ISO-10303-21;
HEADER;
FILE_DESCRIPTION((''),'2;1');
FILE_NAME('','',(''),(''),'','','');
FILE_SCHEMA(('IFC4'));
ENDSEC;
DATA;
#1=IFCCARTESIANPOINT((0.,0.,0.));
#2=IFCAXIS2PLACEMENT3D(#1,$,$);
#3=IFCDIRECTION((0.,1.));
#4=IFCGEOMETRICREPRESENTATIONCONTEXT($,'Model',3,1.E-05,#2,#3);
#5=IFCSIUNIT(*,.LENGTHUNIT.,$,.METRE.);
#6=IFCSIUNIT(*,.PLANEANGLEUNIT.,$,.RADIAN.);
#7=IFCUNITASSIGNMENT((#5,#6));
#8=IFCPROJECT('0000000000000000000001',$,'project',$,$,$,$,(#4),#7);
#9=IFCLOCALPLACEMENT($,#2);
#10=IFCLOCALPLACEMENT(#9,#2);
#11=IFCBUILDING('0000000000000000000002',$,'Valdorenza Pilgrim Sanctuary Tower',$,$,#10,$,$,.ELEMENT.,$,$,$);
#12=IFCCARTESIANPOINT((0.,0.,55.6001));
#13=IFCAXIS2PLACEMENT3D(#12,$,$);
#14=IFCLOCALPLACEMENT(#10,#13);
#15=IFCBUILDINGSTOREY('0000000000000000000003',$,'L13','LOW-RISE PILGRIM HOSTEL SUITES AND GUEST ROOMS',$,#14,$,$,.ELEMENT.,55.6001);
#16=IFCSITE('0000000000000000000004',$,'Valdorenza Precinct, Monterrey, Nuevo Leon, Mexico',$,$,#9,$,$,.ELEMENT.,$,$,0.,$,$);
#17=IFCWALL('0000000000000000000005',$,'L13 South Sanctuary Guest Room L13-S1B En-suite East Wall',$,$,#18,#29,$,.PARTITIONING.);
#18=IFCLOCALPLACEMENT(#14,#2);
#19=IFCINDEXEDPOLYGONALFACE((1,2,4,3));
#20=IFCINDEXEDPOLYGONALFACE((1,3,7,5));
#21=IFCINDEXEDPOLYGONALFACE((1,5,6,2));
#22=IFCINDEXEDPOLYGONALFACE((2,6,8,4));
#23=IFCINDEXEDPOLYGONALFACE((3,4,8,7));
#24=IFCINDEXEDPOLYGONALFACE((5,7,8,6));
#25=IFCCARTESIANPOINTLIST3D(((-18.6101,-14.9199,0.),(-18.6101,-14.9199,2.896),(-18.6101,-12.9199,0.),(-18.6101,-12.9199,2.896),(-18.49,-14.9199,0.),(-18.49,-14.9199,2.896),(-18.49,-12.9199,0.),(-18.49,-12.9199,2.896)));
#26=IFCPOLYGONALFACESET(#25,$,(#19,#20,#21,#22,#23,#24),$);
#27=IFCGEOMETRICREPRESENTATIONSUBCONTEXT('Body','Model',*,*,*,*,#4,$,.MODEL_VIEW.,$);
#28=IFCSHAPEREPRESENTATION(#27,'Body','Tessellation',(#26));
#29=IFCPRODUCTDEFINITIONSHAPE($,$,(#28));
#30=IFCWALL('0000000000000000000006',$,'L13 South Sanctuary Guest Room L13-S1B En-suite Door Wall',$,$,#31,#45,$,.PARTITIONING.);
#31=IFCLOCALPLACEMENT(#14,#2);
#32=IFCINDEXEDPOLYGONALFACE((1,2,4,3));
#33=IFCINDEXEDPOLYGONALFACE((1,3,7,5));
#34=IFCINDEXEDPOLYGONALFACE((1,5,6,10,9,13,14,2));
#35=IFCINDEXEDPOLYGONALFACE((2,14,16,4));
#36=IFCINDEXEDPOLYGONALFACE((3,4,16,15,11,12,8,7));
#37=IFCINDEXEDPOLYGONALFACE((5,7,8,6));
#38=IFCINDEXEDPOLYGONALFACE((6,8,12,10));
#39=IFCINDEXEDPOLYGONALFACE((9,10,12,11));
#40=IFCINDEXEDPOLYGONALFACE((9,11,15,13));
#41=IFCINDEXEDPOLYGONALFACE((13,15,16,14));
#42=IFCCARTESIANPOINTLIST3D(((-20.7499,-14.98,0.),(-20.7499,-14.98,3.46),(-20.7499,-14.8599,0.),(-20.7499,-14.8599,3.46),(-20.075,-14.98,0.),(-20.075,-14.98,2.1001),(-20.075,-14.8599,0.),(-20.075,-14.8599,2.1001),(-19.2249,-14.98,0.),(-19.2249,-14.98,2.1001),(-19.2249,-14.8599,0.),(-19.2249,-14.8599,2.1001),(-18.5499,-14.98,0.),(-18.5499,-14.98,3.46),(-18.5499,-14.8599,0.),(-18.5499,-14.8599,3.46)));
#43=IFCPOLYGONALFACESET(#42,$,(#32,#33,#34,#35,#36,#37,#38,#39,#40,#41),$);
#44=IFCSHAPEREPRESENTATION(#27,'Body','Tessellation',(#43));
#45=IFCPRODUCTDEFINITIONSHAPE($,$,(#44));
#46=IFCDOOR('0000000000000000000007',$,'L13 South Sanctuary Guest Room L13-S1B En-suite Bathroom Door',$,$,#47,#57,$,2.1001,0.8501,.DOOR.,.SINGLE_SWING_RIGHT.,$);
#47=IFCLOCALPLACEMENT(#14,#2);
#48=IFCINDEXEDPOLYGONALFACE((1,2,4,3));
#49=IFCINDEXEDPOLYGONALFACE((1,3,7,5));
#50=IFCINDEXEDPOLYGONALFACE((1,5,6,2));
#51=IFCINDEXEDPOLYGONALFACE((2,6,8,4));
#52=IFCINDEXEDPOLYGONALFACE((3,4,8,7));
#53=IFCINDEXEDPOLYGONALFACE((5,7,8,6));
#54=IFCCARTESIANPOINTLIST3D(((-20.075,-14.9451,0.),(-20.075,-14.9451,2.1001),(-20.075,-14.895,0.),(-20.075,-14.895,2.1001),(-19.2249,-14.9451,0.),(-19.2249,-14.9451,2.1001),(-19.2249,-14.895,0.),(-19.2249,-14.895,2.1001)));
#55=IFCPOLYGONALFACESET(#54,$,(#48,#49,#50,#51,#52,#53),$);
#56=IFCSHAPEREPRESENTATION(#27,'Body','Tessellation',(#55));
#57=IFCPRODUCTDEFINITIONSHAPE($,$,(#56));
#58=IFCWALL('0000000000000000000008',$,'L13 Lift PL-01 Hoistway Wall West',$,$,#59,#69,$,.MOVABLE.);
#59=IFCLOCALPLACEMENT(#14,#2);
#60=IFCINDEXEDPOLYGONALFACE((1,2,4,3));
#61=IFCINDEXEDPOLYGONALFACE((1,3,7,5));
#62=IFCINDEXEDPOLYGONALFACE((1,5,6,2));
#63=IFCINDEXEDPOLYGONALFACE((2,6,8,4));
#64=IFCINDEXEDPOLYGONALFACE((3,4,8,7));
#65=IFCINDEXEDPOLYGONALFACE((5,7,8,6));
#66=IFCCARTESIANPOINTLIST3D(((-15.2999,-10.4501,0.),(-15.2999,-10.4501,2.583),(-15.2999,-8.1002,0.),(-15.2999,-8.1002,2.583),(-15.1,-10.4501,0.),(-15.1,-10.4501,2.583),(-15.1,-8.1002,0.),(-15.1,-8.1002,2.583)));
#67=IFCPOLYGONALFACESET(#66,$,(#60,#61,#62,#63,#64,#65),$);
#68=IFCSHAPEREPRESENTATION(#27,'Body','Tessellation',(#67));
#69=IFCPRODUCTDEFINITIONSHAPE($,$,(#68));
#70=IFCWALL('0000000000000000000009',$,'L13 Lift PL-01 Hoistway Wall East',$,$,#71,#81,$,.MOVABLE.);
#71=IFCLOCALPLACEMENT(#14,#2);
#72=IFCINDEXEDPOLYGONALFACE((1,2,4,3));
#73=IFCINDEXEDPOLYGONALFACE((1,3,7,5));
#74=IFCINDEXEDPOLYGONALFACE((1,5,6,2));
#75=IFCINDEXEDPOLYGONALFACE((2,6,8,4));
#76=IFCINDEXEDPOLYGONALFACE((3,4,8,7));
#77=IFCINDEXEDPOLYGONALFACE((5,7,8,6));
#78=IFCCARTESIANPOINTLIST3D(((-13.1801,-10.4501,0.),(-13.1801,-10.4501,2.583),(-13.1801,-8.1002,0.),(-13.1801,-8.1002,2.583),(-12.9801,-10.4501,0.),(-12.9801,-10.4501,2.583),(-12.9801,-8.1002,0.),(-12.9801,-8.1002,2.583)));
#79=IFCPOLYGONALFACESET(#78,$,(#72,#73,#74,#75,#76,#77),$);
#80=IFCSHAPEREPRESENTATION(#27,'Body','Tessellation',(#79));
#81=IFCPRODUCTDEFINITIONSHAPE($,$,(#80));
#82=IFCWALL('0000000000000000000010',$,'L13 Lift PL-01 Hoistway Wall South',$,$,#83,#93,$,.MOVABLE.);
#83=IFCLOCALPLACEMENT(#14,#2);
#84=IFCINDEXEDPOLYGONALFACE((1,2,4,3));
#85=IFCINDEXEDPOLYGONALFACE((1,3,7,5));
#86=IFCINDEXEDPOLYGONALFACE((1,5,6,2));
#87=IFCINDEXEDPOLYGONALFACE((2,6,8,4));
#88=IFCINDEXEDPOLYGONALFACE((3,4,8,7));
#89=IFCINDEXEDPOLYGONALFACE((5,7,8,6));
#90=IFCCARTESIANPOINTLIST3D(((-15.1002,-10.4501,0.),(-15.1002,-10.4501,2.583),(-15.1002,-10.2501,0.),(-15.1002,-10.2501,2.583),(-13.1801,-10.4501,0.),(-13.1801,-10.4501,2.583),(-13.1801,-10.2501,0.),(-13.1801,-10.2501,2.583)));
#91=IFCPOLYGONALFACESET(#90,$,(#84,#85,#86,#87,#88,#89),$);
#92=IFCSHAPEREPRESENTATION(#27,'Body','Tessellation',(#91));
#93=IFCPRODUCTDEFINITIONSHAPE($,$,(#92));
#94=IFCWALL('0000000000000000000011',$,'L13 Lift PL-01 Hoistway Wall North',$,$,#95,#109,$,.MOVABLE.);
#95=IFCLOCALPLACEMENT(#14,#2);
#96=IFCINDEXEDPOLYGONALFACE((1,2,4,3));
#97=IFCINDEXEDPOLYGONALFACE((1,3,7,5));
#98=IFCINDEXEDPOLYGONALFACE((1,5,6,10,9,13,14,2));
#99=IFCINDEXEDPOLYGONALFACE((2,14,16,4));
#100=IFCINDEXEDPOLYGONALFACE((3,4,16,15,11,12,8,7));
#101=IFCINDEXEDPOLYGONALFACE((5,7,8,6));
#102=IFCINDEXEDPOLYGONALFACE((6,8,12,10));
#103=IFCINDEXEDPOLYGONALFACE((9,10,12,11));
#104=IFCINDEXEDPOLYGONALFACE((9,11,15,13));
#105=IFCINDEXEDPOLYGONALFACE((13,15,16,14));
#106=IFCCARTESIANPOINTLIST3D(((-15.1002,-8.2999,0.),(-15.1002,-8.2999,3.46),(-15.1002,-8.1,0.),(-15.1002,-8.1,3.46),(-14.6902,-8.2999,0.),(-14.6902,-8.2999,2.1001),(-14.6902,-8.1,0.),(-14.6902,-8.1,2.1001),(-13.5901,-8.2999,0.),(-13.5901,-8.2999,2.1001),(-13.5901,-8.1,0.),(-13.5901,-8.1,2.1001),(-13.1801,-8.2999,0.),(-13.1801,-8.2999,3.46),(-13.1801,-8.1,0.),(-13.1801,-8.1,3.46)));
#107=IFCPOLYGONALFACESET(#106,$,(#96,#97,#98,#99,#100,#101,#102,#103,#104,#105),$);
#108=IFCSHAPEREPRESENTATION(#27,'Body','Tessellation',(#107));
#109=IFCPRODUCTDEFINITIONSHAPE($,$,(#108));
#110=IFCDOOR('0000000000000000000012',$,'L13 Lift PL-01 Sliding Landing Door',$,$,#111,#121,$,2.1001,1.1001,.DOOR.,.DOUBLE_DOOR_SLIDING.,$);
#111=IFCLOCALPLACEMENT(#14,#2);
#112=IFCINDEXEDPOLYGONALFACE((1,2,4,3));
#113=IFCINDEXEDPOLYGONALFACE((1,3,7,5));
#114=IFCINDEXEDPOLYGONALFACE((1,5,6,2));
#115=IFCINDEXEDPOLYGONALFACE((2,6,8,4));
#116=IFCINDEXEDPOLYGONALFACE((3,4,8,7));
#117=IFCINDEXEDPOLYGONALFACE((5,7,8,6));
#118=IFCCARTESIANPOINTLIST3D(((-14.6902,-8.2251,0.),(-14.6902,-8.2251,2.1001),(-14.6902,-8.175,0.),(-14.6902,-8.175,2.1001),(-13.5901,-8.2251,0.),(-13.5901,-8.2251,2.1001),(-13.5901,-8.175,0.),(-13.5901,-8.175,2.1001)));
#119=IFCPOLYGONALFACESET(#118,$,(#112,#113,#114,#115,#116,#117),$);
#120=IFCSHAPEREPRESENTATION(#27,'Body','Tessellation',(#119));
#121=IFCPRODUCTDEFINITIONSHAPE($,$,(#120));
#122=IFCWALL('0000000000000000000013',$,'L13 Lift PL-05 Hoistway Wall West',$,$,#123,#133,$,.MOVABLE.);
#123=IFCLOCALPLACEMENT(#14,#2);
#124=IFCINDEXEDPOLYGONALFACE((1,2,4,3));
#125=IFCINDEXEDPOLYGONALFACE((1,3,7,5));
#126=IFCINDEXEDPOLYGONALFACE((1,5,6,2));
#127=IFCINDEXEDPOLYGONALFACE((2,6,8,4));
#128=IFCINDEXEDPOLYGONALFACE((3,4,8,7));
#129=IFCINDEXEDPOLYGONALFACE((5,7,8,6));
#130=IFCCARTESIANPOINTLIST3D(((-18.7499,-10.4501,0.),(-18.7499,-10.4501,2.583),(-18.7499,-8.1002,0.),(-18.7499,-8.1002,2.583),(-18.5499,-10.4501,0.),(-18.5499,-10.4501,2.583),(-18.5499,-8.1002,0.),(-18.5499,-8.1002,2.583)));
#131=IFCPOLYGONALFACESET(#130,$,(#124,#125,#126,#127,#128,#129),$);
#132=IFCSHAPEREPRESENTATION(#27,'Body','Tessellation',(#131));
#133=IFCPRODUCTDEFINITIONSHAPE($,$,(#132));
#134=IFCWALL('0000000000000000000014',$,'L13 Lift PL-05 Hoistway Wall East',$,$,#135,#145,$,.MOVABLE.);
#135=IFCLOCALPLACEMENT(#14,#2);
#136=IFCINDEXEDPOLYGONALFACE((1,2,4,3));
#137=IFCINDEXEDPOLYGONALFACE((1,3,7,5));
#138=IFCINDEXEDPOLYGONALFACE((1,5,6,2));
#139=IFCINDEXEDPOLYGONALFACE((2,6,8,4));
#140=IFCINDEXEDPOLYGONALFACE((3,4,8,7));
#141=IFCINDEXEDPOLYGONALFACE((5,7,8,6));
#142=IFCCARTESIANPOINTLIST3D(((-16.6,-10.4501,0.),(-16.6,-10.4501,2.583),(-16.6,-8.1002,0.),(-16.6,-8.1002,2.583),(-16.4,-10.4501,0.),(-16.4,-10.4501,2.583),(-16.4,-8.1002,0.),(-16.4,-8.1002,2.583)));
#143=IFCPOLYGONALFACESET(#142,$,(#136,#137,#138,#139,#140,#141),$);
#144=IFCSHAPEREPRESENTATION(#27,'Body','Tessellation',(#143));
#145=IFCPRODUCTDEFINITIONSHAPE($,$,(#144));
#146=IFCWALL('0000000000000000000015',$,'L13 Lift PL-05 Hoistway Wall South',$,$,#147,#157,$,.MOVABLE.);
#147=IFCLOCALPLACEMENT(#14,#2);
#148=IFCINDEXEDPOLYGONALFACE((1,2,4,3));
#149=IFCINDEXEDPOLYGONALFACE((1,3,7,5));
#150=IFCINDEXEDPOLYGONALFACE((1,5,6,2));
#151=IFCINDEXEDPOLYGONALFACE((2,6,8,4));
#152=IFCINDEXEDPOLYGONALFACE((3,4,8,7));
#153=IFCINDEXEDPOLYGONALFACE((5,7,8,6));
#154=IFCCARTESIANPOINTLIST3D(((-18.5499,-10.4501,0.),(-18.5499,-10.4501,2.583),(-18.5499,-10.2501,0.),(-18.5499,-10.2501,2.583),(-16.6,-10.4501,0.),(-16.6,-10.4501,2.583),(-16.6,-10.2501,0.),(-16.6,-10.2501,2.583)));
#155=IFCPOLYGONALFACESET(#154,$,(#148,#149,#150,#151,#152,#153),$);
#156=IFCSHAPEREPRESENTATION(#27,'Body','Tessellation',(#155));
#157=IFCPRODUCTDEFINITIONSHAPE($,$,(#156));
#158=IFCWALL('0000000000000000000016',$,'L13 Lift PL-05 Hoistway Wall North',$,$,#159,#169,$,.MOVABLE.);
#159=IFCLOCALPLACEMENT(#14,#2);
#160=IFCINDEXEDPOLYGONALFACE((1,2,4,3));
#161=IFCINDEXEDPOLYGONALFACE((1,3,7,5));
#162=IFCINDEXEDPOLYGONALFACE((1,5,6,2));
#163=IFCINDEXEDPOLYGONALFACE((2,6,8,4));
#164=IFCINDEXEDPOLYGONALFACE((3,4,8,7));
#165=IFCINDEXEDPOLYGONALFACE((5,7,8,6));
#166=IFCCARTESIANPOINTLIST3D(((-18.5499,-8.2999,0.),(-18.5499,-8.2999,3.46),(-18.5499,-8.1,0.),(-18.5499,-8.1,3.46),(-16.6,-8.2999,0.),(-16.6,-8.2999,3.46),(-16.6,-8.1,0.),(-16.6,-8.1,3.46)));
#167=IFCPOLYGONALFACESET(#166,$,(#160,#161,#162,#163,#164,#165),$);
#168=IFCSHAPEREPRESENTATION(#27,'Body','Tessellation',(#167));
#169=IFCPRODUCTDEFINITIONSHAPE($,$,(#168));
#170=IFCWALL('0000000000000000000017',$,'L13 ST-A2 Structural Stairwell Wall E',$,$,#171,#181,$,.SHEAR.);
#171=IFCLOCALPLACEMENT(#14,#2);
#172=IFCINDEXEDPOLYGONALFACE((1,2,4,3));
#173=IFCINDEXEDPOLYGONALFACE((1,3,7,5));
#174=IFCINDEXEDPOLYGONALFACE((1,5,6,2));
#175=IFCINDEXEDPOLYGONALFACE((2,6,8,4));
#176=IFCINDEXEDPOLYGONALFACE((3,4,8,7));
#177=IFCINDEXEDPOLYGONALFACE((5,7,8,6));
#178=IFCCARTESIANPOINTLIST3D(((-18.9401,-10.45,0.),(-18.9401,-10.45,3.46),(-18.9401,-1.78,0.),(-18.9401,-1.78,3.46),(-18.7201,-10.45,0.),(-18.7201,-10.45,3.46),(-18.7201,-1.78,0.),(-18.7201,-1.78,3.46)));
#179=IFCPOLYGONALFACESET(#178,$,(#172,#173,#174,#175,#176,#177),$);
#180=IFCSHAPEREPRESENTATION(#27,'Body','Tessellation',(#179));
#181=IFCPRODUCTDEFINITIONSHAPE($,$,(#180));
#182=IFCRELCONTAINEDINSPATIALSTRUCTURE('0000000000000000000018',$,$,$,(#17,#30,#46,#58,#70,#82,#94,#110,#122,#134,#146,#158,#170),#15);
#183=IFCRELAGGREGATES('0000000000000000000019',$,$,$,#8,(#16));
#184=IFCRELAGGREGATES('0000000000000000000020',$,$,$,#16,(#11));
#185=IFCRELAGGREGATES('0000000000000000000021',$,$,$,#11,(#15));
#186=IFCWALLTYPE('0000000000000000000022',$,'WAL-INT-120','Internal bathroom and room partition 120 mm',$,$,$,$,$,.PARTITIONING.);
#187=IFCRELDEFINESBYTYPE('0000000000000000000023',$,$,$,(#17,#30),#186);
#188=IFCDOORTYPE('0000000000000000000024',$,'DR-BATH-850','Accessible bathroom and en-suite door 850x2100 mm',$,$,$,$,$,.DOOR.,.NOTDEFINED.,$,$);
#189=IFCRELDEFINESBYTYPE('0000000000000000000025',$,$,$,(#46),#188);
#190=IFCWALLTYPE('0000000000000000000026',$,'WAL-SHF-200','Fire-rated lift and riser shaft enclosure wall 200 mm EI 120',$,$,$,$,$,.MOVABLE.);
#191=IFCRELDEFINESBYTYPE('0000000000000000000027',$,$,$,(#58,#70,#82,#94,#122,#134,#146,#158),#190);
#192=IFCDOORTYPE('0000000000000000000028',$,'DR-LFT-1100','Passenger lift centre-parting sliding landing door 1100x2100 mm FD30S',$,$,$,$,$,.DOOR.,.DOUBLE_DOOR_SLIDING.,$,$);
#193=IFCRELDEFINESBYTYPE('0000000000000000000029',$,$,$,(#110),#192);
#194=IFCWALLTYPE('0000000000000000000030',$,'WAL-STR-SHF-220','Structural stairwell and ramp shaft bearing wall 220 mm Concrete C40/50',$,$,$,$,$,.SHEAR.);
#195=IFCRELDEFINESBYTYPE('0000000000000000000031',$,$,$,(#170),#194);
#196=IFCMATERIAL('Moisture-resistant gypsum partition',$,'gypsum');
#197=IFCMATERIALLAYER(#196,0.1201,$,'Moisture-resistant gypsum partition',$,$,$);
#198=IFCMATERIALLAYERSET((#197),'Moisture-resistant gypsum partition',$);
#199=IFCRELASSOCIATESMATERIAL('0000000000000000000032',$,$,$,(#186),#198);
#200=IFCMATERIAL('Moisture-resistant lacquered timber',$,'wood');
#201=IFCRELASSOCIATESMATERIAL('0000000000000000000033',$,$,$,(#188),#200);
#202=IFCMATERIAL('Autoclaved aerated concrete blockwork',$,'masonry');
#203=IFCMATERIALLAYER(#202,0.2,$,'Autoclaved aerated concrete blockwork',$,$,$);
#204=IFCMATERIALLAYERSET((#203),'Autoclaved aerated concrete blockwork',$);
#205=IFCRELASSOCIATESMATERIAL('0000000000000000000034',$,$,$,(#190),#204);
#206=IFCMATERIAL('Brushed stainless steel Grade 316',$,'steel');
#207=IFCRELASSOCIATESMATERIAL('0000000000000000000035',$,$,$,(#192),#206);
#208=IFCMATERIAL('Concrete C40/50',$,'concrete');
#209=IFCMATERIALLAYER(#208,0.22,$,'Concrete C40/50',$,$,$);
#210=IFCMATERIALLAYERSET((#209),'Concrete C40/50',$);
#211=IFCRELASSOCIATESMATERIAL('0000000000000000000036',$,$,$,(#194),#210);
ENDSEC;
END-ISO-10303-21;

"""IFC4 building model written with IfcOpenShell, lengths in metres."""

from ifc_helpers import new_model, si_unit, direction, frame, frame_2d, origin, place, context, subcontext, project, spatial, rectangle, extrude, material, layer, layer_set, type_object, element, fill, save


model = new_model("IFC4")

# Units and contexts
model_context = context("Model", 3, precision=1e-05, world=origin(), true_north=direction((0.0, 1.0)))
body_context = subcontext(model_context, "Body", "Model", "MODEL_VIEW")
ifc_project = project(units=[si_unit("LENGTHUNIT", "METRE"), si_unit("PLANEANGLEUNIT", "RADIAN")], contexts=[model_context])

# Site, building, storey
site_placement = place(None, origin())
site = spatial("IfcSite", under=ifc_project, at=site_placement, Name="Valdorenza Precinct, Monterrey, Nuevo Leon, Mexico", CompositionType="ELEMENT", RefElevation=0.0)
building_placement = place(site_placement, origin())
building = spatial("IfcBuilding", under=site, at=building_placement, Name="Valdorenza Pilgrim Sanctuary Tower", CompositionType="ELEMENT")
storey_placement = place(building_placement, frame((0.0, 0.0, 55.6001)))
storey = spatial("IfcBuildingStorey", under=building, at=storey_placement, Name="L13", Description="LOW-RISE PILGRIM HOSTEL SUITES AND GUEST ROOMS", CompositionType="ELEMENT", Elevation=55.6001)

# Wall
ifc_material_1 = material(Name="Moisture-resistant gypsum partition", Category="gypsum")
ifc_layer_1 = layer(ifc_material_1, 0.1201, Name="Moisture-resistant gypsum partition")
ifc_layer_set_1 = layer_set([ifc_layer_1], Name="Moisture-resistant gypsum partition")
wall_type_1 = type_object("IfcWallType", Name="WAL-INT-120", Description="Internal bathroom and room partition 120 mm", PredefinedType="PARTITIONING", material=ifc_layer_set_1)
wall_1_placement = place(storey_placement, frame((-18.55, -14.9199, 0.0), z_axis=(0.0, 0.0, 1.0), x_axis=(0.0, 1.0, 0.0)))
element("IfcWall", 1, at=wall_1_placement, inside=storey, type_object=wall_type_1, Name="L13 South Sanctuary Guest Room L13-S1B En-suite East Wall", PredefinedType="PARTITIONING", context=body_context, shape_type="SweptSolid", body=[
    extrude(rectangle(XDim=2.0, YDim=0.1201, at=frame_2d((1.0, 0.0))), origin(), (0.0, 0.0, 1.0), 2.896),
])

# Wall, opening, door
wall_2_placement = place(storey_placement, frame((-20.75, -14.9199, 0.0), z_axis=(0.0, 0.0, 1.0), x_axis=(1.0, 0.0, 0.0)))
wall_2 = element("IfcWall", 2, at=wall_2_placement, inside=storey, type_object=wall_type_1, Name="L13 South Sanctuary Guest Room L13-S1B En-suite Door Wall", PredefinedType="PARTITIONING", context=body_context, shape_type="SweptSolid", body=[
    extrude(rectangle(XDim=2.2, YDim=0.1201, at=frame_2d((1.1001, 0.0))), origin(), (0.0, 0.0, 1.0), 3.46),
])
opening_1_placement = place(wall_2_placement, frame((0.675, 0.0, 0.0)))
opening_1 = element("IfcOpeningElement", 3, at=opening_1_placement, cuts=wall_2, PredefinedType="OPENING", context=body_context, shape_type="SweptSolid", body=[
    extrude(rectangle(XDim=0.8501, YDim=2.1001, at=frame_2d((0.425, 1.05))), frame((0.0, 0.075, 0.0), z_axis=(0.0, -1.0, 0.0), x_axis=(1.0, 0.0, 0.0)), (0.0, 0.0, 1.0), 0.1499),
])
ifc_material_2 = material(Name="Moisture-resistant lacquered timber", Category="wood")
door_type_1 = type_object("IfcDoorType", Name="DR-BATH-850", Description="Accessible bathroom and en-suite door 850x2100 mm", OperationType="NOTDEFINED", PredefinedType="DOOR", material=ifc_material_2)
door_1_placement = place(opening_1_placement, origin())
door_1 = element("IfcDoor", 4, at=door_1_placement, inside=storey, type_object=door_type_1, Name="L13 South Sanctuary Guest Room L13-S1B En-suite Bathroom Door", OperationType="SINGLE_SWING_RIGHT", OverallHeight=2.1001, OverallWidth=0.8501, PredefinedType="DOOR", context=body_context, shape_type="SweptSolid", body=[
    extrude(rectangle(XDim=0.8501, YDim=2.1001, at=frame_2d((0.425, 1.05))), frame((0.0, 0.0249, 0.0), z_axis=(0.0, -1.0, 0.0), x_axis=(1.0, 0.0, 0.0)), (0.0, 0.0, 1.0), 0.05),
])
fill(opening_1, door_1)

# Walls
ifc_material_3 = material(Name="Autoclaved aerated concrete blockwork", Category="masonry")
ifc_layer_2 = layer(ifc_material_3, 0.2, Name="Autoclaved aerated concrete blockwork")
ifc_layer_set_2 = layer_set([ifc_layer_2], Name="Autoclaved aerated concrete blockwork")
wall_type_2 = type_object("IfcWallType", Name="WAL-SHF-200", Description="Fire-rated lift and riser shaft enclosure wall 200 mm EI 120", PredefinedType="MOVABLE", material=ifc_layer_set_2)
for number, where, z_axis, x_axis, name in (
    (5, (-15.2, -10.45, 0.0), (0.0, 0.0, 1.0), (0.0, 1.0, 0.0), "L13 Lift PL-01 Hoistway Wall West"),
    (6, (-13.0801, -10.45, 0.0), (0.0, 0.0, 1.0), (0.0, 1.0, 0.0), "L13 Lift PL-01 Hoistway Wall East"),
):
    element("IfcWall", number, at=place(storey_placement, frame(where, z_axis=z_axis, x_axis=x_axis)), inside=storey, type_object=wall_type_2, Name=name, PredefinedType="MOVABLE", context=body_context, shape_type="SweptSolid", body=[
        extrude(rectangle(XDim=2.3499, YDim=0.2, at=frame_2d((1.1748, 0.0))), origin(), (0.0, 0.0, 1.0), 2.583),
    ])
wall_3_placement = place(storey_placement, frame((-15.1001, -10.3501, 0.0), z_axis=(0.0, 0.0, 1.0), x_axis=(1.0, 0.0, 0.0)))
element("IfcWall", 7, at=wall_3_placement, inside=storey, type_object=wall_type_2, Name="L13 Lift PL-01 Hoistway Wall South", PredefinedType="MOVABLE", context=body_context, shape_type="SweptSolid", body=[
    extrude(rectangle(XDim=1.9202, YDim=0.2, at=frame_2d((0.96, 0.0))), origin(), (0.0, 0.0, 1.0), 2.583),
])

# Wall, opening, door
wall_4_placement = place(storey_placement, frame((-15.1001, -8.2, 0.0), z_axis=(0.0, 0.0, 1.0), x_axis=(1.0, 0.0, 0.0)))
wall_4 = element("IfcWall", 8, at=wall_4_placement, inside=storey, type_object=wall_type_2, Name="L13 Lift PL-01 Hoistway Wall North", PredefinedType="MOVABLE", context=body_context, shape_type="SweptSolid", body=[
    extrude(rectangle(XDim=1.9202, YDim=0.2, at=frame_2d((0.96, 0.0))), origin(), (0.0, 0.0, 1.0), 3.46),
])
opening_2_placement = place(wall_4_placement, frame((0.4099, 0.0, 0.0)))
opening_2 = element("IfcOpeningElement", 9, at=opening_2_placement, cuts=wall_4, PredefinedType="OPENING", context=body_context, shape_type="SweptSolid", body=[
    extrude(rectangle(XDim=1.1001, YDim=2.1001, at=frame_2d((0.55, 1.05))), frame((0.0, 0.1147, 0.0), z_axis=(0.0, -1.0, 0.0), x_axis=(1.0, 0.0, 0.0)), (0.0, 0.0, 1.0), 0.2297),
])
ifc_material_4 = material(Name="Brushed stainless steel Grade 316", Category="steel")
door_type_2 = type_object("IfcDoorType", Name="DR-LFT-1100", Description="Passenger lift centre-parting sliding landing door 1100x2100 mm FD30S", OperationType="DOUBLE_DOOR_SLIDING", PredefinedType="DOOR", material=ifc_material_4)
door_2_placement = place(opening_2_placement, origin())
door_2 = element("IfcDoor", 10, at=door_2_placement, inside=storey, type_object=door_type_2, Name="L13 Lift PL-01 Sliding Landing Door", OperationType="DOUBLE_DOOR_SLIDING", OverallHeight=2.1001, OverallWidth=1.1001, PredefinedType="DOOR", context=body_context, shape_type="SweptSolid", body=[
    extrude(rectangle(XDim=1.1001, YDim=2.1001, at=frame_2d((0.55, 1.05))), frame((0.0, 0.0249, 0.0), z_axis=(0.0, -1.0, 0.0), x_axis=(1.0, 0.0, 0.0)), (0.0, 0.0, 1.0), 0.05),
])
fill(opening_2, door_2)

# Walls
for number, where, z_axis, x_axis, name in (
    (11, (-18.6499, -10.45, 0.0), (0.0, 0.0, 1.0), (0.0, 1.0, 0.0), "L13 Lift PL-05 Hoistway Wall West"),
    (12, (-16.5, -10.45, 0.0), (0.0, 0.0, 1.0), (0.0, 1.0, 0.0), "L13 Lift PL-05 Hoistway Wall East"),
):
    element("IfcWall", number, at=place(storey_placement, frame(where, z_axis=z_axis, x_axis=x_axis)), inside=storey, type_object=wall_type_2, Name=name, PredefinedType="MOVABLE", context=body_context, shape_type="SweptSolid", body=[
        extrude(rectangle(XDim=2.3499, YDim=0.2, at=frame_2d((1.1748, 0.0))), origin(), (0.0, 0.0, 1.0), 2.583),
    ])
wall_5_placement = place(storey_placement, frame((-18.55, -10.3501, 0.0), z_axis=(0.0, 0.0, 1.0), x_axis=(1.0, 0.0, 0.0)))
element("IfcWall", 13, at=wall_5_placement, inside=storey, type_object=wall_type_2, Name="L13 Lift PL-05 Hoistway Wall South", PredefinedType="MOVABLE", context=body_context, shape_type="SweptSolid", body=[
    extrude(rectangle(XDim=1.95, YDim=0.2, at=frame_2d((0.9751, 0.0))), origin(), (0.0, 0.0, 1.0), 2.583),
])
wall_6_placement = place(storey_placement, frame((-18.55, -8.2, 0.0), z_axis=(0.0, 0.0, 1.0), x_axis=(1.0, 0.0, 0.0)))
element("IfcWall", 14, at=wall_6_placement, inside=storey, type_object=wall_type_2, Name="L13 Lift PL-05 Hoistway Wall North", PredefinedType="MOVABLE", context=body_context, shape_type="SweptSolid", body=[
    extrude(rectangle(XDim=1.95, YDim=0.2, at=frame_2d((0.9751, 0.0))), origin(), (0.0, 0.0, 1.0), 3.46),
])
ifc_material_5 = material(Name="Concrete C40/50", Category="concrete")
ifc_layer_3 = layer(ifc_material_5, 0.22, Name="Concrete C40/50")
ifc_layer_set_3 = layer_set([ifc_layer_3], Name="Concrete C40/50")
wall_type_3 = type_object("IfcWallType", Name="WAL-STR-SHF-220", Description="Structural stairwell and ramp shaft bearing wall 220 mm Concrete C40/50", PredefinedType="SHEAR", material=ifc_layer_set_3)
wall_7_placement = place(storey_placement, frame((-18.8301, -10.45, 0.0), z_axis=(0.0, 0.0, 1.0), x_axis=(0.0, 1.0, 0.0)))
element("IfcWall", 15, at=wall_7_placement, inside=storey, type_object=wall_type_3, Name="L13 ST-A2 Structural Stairwell Wall E", PredefinedType="SHEAR", context=body_context, shape_type="SweptSolid", body=[
    extrude(rectangle(XDim=8.6699, YDim=0.22, at=frame_2d((4.335, 0.0))), origin(), (0.0, 0.0, 1.0), 3.46),
])

save(model, "model.ifc")
